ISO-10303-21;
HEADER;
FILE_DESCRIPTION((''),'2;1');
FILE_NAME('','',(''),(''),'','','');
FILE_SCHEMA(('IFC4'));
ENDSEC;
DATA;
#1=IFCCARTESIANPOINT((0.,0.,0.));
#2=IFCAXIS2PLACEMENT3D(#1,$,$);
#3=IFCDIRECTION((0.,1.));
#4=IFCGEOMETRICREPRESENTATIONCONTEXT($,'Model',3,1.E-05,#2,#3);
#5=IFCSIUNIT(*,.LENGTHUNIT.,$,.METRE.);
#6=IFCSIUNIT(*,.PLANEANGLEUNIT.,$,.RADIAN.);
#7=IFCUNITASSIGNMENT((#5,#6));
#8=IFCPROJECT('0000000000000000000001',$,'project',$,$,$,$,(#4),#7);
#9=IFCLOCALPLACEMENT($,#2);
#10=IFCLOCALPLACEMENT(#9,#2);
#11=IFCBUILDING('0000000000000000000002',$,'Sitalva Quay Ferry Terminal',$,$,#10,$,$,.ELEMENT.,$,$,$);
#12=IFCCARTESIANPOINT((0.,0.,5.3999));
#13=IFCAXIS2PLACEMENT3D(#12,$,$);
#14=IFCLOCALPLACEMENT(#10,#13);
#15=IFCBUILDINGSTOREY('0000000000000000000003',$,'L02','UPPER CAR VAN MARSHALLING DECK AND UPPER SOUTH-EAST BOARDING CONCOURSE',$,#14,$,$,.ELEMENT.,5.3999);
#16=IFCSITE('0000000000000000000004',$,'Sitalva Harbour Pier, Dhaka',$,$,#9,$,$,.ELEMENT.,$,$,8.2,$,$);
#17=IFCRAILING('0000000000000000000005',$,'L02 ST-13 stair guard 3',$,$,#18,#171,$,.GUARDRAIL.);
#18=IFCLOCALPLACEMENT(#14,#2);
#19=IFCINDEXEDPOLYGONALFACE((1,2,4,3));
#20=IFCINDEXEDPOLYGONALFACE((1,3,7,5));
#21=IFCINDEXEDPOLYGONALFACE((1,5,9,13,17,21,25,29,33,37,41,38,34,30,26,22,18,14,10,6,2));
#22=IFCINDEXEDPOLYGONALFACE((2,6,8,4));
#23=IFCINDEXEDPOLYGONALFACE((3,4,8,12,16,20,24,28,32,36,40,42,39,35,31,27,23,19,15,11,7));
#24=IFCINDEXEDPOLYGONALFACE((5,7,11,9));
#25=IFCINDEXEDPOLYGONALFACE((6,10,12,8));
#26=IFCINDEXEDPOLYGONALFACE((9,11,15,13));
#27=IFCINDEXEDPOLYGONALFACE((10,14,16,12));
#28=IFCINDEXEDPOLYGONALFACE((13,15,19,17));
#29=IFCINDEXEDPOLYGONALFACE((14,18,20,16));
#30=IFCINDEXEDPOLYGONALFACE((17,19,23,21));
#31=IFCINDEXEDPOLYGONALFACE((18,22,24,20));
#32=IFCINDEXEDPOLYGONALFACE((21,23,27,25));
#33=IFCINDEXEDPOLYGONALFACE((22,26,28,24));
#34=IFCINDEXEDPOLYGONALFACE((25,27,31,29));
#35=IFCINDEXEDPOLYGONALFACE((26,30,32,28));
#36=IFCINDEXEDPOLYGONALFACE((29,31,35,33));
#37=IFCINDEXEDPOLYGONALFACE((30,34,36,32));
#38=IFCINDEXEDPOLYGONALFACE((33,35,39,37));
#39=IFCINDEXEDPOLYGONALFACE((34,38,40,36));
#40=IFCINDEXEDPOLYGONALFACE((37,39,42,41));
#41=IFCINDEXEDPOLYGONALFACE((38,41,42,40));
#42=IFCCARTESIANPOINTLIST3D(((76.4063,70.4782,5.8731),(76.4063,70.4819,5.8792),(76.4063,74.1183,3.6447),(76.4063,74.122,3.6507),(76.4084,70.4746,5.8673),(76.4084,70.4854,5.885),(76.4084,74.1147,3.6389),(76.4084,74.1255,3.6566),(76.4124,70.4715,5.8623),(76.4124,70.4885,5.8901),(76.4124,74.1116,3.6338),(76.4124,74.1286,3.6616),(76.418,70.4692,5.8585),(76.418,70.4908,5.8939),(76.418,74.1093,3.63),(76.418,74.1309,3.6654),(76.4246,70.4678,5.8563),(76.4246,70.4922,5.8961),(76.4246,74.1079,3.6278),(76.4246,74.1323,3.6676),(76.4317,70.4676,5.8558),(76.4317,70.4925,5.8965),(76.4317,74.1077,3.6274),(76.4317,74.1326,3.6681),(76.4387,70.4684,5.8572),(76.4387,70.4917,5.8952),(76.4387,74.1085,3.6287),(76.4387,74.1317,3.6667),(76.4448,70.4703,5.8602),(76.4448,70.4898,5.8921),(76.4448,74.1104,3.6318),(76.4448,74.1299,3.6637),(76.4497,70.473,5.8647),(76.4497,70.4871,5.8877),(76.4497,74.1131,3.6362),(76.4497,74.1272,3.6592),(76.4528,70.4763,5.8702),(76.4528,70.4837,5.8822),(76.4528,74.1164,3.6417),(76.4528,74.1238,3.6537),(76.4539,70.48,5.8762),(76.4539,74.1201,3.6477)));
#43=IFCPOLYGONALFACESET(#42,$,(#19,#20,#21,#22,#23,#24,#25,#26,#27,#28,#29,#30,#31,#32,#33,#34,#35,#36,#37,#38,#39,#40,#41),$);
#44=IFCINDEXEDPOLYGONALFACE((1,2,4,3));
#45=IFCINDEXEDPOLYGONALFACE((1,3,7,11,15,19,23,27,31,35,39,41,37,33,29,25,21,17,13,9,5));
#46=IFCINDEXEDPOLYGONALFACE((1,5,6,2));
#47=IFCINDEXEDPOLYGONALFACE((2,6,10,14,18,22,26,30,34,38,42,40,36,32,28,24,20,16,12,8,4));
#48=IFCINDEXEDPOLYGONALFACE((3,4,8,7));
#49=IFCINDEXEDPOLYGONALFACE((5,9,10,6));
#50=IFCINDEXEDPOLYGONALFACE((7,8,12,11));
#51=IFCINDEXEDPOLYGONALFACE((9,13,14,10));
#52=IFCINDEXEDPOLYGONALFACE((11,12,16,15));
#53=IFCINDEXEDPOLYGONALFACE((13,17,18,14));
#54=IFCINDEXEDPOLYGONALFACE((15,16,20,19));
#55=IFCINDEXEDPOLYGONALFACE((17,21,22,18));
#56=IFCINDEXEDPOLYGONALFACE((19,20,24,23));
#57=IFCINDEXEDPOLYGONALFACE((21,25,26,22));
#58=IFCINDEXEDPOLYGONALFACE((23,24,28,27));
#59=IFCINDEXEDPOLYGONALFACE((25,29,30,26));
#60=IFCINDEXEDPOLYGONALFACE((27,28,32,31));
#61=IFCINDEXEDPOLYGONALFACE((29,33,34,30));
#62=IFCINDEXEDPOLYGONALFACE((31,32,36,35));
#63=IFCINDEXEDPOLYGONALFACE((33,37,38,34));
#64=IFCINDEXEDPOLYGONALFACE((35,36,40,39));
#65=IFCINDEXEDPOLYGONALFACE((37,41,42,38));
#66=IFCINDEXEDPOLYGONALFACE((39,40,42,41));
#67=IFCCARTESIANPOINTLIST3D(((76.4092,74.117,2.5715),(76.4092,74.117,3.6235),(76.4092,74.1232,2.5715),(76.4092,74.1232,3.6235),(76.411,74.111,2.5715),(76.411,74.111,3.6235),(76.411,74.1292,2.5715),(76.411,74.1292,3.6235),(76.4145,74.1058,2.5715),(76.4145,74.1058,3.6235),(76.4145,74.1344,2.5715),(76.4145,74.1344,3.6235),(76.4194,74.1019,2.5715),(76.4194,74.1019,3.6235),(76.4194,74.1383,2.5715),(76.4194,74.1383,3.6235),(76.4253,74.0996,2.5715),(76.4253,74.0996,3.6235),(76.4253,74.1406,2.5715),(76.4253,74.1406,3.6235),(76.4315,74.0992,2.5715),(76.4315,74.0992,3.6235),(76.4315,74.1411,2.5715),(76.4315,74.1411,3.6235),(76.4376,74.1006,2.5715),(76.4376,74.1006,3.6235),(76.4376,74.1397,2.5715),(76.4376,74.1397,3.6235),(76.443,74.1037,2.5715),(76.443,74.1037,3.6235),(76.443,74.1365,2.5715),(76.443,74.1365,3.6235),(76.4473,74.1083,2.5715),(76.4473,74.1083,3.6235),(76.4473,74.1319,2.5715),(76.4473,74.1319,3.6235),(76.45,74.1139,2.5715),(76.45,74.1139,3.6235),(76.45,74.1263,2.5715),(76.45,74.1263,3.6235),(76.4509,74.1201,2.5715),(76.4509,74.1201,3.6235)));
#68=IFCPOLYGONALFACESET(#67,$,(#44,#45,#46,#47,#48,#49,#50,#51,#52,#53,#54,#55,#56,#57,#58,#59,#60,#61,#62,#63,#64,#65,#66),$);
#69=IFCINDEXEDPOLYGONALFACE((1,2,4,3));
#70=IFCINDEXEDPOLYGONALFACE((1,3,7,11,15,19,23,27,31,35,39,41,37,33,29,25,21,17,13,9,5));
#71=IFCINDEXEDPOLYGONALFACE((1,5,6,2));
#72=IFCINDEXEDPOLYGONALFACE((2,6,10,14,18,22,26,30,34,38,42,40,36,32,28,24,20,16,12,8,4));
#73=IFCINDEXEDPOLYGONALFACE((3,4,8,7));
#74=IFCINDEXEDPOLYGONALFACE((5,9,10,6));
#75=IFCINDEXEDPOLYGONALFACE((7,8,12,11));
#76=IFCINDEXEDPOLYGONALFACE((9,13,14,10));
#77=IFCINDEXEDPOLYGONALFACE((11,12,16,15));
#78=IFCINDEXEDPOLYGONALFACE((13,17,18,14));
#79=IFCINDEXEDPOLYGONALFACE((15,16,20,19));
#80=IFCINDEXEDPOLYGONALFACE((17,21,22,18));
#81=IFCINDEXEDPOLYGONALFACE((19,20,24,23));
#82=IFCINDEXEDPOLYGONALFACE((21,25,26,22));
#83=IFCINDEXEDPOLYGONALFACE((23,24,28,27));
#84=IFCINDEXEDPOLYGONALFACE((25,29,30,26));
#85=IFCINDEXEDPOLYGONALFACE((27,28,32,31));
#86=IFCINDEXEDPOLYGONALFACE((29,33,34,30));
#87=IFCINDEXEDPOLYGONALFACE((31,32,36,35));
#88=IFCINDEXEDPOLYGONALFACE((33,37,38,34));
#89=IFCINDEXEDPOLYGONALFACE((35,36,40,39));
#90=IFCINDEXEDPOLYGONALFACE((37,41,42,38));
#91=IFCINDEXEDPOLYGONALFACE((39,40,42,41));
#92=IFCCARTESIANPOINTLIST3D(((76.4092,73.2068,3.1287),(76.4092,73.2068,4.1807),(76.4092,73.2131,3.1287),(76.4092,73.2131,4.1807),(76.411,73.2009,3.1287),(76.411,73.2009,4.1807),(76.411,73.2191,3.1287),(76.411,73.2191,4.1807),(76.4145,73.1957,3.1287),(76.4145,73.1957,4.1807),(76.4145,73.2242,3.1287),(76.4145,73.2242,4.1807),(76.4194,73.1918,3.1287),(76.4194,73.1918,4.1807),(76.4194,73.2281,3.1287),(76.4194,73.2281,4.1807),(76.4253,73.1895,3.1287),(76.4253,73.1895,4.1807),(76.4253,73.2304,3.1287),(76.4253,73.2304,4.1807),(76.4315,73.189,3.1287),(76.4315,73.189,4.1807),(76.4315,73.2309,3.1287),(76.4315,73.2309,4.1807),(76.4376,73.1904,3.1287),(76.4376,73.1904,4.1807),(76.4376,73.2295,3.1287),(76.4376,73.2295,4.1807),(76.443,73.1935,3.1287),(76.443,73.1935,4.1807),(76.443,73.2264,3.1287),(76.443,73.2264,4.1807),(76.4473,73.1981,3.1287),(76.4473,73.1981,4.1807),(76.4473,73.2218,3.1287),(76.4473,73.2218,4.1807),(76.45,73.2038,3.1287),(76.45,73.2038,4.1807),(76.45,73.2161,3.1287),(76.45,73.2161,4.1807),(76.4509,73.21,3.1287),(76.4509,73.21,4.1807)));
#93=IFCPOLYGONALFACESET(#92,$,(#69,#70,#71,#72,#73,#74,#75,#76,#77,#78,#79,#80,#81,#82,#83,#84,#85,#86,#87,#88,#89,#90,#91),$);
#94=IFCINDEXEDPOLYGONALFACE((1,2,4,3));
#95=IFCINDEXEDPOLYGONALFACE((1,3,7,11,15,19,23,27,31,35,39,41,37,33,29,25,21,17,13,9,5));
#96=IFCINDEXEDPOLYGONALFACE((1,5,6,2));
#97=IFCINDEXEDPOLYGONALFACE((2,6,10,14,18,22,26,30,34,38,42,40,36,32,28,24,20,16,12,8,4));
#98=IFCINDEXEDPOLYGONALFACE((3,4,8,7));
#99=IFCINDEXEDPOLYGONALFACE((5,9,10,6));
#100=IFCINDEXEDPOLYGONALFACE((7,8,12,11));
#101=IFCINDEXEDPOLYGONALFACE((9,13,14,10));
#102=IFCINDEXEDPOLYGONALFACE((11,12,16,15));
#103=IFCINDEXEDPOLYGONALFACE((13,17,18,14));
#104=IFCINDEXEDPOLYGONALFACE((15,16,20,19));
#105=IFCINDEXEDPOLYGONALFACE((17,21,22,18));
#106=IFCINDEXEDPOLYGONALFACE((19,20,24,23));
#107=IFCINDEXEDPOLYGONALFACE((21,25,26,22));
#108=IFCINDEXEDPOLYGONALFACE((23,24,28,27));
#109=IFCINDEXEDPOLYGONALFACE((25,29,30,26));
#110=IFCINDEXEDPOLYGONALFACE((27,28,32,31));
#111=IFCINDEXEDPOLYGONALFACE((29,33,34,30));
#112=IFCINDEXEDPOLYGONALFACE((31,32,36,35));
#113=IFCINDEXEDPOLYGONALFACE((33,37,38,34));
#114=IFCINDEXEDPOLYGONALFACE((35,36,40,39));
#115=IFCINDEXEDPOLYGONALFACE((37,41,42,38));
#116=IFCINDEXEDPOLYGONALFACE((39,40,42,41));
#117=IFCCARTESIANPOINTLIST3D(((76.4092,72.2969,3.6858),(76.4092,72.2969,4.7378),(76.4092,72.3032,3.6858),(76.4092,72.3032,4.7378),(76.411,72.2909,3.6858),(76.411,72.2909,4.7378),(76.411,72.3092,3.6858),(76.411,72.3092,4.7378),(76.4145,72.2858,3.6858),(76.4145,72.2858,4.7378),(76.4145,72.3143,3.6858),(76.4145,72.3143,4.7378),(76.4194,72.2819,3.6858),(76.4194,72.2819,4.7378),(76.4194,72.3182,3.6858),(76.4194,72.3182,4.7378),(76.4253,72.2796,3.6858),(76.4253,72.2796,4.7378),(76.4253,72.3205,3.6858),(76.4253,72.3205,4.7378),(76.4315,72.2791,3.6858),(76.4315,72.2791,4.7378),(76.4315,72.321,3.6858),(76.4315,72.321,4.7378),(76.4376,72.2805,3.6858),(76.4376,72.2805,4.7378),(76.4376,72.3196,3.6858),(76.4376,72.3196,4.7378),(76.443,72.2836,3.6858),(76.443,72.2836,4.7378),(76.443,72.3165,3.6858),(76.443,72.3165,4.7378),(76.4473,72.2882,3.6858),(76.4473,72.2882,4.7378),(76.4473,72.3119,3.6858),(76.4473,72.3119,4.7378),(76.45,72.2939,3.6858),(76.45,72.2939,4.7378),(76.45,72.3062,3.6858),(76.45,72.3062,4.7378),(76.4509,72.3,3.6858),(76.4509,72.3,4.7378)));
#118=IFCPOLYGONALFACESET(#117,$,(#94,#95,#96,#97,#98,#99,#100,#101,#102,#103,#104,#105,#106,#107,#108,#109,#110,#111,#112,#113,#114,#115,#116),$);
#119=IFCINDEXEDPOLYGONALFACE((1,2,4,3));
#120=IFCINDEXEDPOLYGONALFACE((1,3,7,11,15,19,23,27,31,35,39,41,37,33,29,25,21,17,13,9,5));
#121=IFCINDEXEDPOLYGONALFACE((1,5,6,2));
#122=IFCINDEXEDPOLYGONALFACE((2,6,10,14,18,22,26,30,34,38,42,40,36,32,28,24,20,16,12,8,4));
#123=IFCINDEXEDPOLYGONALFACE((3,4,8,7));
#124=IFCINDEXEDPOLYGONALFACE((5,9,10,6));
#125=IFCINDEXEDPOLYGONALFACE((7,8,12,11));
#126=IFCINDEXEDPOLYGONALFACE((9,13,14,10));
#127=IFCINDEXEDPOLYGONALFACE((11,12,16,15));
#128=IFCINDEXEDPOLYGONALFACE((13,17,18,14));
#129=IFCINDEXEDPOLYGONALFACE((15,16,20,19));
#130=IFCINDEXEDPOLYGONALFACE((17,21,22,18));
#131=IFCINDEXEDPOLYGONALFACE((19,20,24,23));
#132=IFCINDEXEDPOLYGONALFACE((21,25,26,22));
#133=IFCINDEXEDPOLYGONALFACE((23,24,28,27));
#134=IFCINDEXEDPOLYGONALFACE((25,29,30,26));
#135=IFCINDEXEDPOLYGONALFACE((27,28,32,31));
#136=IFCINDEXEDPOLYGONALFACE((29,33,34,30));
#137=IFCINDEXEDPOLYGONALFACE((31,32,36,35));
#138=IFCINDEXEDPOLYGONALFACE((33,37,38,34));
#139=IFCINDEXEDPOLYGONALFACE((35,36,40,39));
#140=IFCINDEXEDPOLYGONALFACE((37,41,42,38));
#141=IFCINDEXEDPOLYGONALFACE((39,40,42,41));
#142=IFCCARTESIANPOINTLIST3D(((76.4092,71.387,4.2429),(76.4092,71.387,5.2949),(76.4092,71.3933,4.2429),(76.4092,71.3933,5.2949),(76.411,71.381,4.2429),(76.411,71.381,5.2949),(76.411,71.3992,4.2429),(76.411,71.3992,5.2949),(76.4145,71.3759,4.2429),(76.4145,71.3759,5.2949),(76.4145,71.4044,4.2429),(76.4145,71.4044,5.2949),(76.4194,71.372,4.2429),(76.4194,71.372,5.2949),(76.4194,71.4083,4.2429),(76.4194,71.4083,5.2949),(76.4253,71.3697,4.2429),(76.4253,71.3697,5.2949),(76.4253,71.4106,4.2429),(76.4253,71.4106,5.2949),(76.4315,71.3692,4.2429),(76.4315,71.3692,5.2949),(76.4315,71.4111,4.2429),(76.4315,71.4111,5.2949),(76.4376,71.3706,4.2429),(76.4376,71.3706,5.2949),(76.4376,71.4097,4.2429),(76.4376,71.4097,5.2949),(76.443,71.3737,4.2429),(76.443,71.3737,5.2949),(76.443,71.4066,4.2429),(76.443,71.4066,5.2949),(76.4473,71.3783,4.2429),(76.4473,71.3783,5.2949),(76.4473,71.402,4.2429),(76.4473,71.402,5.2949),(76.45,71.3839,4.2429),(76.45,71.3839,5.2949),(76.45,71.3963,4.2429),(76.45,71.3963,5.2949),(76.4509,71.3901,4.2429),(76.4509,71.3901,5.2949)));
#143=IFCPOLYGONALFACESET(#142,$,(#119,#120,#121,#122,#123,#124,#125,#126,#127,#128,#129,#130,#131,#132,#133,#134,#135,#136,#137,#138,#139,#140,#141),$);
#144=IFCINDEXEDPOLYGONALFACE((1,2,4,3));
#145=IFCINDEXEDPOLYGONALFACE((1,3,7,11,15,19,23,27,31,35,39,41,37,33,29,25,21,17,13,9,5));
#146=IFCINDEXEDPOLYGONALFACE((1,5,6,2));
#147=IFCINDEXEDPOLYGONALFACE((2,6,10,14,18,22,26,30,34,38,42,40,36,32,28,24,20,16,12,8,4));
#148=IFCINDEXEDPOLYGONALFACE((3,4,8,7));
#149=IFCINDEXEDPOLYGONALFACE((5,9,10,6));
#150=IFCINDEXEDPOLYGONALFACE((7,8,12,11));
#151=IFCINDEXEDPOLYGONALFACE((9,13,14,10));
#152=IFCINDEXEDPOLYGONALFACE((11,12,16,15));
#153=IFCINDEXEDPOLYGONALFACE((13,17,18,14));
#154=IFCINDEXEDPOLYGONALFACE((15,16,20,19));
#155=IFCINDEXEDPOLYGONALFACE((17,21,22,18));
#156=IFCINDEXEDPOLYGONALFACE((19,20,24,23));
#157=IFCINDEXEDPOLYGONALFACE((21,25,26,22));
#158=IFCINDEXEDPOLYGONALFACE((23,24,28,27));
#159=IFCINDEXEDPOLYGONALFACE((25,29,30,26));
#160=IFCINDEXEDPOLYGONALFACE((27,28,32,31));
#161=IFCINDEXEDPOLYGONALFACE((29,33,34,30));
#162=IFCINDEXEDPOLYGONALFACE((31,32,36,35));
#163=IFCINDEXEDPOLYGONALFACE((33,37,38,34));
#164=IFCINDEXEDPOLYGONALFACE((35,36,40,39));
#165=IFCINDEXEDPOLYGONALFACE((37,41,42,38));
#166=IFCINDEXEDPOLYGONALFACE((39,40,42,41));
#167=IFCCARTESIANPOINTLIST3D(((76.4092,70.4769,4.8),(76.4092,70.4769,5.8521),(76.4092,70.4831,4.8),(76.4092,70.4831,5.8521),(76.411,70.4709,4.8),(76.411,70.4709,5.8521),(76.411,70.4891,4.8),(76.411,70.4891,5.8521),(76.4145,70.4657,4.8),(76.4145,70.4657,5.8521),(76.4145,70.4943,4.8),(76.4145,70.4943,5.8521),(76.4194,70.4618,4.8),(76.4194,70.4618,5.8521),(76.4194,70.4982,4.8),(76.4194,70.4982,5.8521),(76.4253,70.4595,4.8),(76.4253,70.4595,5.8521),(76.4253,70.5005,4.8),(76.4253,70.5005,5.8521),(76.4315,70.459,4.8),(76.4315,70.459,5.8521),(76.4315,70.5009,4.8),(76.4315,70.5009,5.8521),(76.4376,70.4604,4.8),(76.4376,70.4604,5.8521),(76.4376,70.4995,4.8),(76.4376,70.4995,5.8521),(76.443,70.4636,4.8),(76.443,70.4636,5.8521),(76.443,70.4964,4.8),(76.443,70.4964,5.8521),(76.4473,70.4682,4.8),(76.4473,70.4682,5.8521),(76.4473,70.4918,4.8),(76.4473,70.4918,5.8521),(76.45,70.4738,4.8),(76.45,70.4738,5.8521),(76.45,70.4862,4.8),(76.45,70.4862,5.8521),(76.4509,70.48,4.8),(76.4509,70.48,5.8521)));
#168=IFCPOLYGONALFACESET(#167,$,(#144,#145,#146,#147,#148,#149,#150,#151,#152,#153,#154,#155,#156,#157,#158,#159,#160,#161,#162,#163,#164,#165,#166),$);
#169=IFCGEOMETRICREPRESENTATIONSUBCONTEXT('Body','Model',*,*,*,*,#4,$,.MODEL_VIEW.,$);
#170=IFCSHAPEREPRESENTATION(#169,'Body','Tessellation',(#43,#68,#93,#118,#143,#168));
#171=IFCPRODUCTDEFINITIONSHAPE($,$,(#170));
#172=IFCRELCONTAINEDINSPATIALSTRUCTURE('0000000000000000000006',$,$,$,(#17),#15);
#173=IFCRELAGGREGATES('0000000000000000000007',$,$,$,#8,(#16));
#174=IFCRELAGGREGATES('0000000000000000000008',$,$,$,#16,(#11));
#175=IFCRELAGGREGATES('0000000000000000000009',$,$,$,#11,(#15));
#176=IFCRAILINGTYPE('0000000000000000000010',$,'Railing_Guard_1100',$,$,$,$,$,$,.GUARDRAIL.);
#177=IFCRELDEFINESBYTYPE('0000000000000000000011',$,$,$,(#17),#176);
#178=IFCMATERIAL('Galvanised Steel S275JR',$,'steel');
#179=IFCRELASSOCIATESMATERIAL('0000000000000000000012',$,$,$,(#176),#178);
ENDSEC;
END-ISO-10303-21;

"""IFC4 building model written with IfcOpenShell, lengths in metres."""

from ifc_helpers import new_model, si_unit, direction, frame, origin, origin_2d, place, context, subcontext, project, spatial, circle, extrude, material, type_object, element, save


model = new_model("IFC4")

# Units and contexts
model_context = context("Model", 3, precision=1e-05, world=origin(), true_north=direction((0.0, 1.0)))
body_context = subcontext(model_context, "Body", "Model", "MODEL_VIEW")
ifc_project = project(units=[si_unit("LENGTHUNIT", "METRE"), si_unit("PLANEANGLEUNIT", "RADIAN")], contexts=[model_context])

# Site, building, storey
site_placement = place(None, origin())
site = spatial("IfcSite", under=ifc_project, at=site_placement, Name="Sitalva Harbour Pier, Dhaka", CompositionType="ELEMENT", RefElevation=8.2)
building_placement = place(site_placement, origin())
building = spatial("IfcBuilding", under=site, at=building_placement, Name="Sitalva Quay Ferry Terminal", CompositionType="ELEMENT")
storey_placement = place(building_placement, frame((0.0, 0.0, 5.3999)))
storey = spatial("IfcBuildingStorey", under=building, at=storey_placement, Name="L02", Description="UPPER CAR VAN MARSHALLING DECK AND UPPER SOUTH-EAST BOARDING CONCOURSE", CompositionType="ELEMENT", Elevation=5.3999)

# Railing
ifc_material_1 = material(Name="Galvanised Steel S275JR", Category="steel")
railing_type_1 = type_object("IfcRailingType", Name="Railing_Guard_1100", PredefinedType="GUARDRAIL", material=ifc_material_1)
railing_1_placement = place(storey_placement, frame((76.4299, 74.1201, 2.5715)))
element("IfcRailing", 1, at=railing_1_placement, inside=storey, type_object=railing_type_1, Name="L02 ST-13 stair guard 3", PredefinedType="GUARDRAIL", context=body_context, shape_type="SweptSolid", body=[
    extrude(circle(Radius=0.0239, at=origin_2d()), frame((0.0, 0.0, 1.0762), z_axis=(0.0, -0.852866, 0.52213), x_axis=(1.0, 0.0, 0.0)), (0.0, 0.0, 1.0), 4.2681),
    extrude(circle(Radius=0.021, at=origin_2d()), origin(), (0.0, 0.0, 1.0), 1.052),
    extrude(circle(Radius=0.021, at=origin_2d()), frame((0.0, -0.9102, 0.5571)), (0.0, 0.0, 1.0), 1.052),
    extrude(circle(Radius=0.021, at=origin_2d()), frame((0.0, -1.8201, 1.1143)), (0.0, 0.0, 1.0), 1.052),
    extrude(circle(Radius=0.021, at=origin_2d()), frame((0.0, -2.73, 1.6714)), (0.0, 0.0, 1.0), 1.052),
    extrude(circle(Radius=0.021, at=origin_2d()), frame((0.0, -3.6401, 2.2285)), (0.0, 0.0, 1.0), 1.052),
])

save(model, "model.ifc")
